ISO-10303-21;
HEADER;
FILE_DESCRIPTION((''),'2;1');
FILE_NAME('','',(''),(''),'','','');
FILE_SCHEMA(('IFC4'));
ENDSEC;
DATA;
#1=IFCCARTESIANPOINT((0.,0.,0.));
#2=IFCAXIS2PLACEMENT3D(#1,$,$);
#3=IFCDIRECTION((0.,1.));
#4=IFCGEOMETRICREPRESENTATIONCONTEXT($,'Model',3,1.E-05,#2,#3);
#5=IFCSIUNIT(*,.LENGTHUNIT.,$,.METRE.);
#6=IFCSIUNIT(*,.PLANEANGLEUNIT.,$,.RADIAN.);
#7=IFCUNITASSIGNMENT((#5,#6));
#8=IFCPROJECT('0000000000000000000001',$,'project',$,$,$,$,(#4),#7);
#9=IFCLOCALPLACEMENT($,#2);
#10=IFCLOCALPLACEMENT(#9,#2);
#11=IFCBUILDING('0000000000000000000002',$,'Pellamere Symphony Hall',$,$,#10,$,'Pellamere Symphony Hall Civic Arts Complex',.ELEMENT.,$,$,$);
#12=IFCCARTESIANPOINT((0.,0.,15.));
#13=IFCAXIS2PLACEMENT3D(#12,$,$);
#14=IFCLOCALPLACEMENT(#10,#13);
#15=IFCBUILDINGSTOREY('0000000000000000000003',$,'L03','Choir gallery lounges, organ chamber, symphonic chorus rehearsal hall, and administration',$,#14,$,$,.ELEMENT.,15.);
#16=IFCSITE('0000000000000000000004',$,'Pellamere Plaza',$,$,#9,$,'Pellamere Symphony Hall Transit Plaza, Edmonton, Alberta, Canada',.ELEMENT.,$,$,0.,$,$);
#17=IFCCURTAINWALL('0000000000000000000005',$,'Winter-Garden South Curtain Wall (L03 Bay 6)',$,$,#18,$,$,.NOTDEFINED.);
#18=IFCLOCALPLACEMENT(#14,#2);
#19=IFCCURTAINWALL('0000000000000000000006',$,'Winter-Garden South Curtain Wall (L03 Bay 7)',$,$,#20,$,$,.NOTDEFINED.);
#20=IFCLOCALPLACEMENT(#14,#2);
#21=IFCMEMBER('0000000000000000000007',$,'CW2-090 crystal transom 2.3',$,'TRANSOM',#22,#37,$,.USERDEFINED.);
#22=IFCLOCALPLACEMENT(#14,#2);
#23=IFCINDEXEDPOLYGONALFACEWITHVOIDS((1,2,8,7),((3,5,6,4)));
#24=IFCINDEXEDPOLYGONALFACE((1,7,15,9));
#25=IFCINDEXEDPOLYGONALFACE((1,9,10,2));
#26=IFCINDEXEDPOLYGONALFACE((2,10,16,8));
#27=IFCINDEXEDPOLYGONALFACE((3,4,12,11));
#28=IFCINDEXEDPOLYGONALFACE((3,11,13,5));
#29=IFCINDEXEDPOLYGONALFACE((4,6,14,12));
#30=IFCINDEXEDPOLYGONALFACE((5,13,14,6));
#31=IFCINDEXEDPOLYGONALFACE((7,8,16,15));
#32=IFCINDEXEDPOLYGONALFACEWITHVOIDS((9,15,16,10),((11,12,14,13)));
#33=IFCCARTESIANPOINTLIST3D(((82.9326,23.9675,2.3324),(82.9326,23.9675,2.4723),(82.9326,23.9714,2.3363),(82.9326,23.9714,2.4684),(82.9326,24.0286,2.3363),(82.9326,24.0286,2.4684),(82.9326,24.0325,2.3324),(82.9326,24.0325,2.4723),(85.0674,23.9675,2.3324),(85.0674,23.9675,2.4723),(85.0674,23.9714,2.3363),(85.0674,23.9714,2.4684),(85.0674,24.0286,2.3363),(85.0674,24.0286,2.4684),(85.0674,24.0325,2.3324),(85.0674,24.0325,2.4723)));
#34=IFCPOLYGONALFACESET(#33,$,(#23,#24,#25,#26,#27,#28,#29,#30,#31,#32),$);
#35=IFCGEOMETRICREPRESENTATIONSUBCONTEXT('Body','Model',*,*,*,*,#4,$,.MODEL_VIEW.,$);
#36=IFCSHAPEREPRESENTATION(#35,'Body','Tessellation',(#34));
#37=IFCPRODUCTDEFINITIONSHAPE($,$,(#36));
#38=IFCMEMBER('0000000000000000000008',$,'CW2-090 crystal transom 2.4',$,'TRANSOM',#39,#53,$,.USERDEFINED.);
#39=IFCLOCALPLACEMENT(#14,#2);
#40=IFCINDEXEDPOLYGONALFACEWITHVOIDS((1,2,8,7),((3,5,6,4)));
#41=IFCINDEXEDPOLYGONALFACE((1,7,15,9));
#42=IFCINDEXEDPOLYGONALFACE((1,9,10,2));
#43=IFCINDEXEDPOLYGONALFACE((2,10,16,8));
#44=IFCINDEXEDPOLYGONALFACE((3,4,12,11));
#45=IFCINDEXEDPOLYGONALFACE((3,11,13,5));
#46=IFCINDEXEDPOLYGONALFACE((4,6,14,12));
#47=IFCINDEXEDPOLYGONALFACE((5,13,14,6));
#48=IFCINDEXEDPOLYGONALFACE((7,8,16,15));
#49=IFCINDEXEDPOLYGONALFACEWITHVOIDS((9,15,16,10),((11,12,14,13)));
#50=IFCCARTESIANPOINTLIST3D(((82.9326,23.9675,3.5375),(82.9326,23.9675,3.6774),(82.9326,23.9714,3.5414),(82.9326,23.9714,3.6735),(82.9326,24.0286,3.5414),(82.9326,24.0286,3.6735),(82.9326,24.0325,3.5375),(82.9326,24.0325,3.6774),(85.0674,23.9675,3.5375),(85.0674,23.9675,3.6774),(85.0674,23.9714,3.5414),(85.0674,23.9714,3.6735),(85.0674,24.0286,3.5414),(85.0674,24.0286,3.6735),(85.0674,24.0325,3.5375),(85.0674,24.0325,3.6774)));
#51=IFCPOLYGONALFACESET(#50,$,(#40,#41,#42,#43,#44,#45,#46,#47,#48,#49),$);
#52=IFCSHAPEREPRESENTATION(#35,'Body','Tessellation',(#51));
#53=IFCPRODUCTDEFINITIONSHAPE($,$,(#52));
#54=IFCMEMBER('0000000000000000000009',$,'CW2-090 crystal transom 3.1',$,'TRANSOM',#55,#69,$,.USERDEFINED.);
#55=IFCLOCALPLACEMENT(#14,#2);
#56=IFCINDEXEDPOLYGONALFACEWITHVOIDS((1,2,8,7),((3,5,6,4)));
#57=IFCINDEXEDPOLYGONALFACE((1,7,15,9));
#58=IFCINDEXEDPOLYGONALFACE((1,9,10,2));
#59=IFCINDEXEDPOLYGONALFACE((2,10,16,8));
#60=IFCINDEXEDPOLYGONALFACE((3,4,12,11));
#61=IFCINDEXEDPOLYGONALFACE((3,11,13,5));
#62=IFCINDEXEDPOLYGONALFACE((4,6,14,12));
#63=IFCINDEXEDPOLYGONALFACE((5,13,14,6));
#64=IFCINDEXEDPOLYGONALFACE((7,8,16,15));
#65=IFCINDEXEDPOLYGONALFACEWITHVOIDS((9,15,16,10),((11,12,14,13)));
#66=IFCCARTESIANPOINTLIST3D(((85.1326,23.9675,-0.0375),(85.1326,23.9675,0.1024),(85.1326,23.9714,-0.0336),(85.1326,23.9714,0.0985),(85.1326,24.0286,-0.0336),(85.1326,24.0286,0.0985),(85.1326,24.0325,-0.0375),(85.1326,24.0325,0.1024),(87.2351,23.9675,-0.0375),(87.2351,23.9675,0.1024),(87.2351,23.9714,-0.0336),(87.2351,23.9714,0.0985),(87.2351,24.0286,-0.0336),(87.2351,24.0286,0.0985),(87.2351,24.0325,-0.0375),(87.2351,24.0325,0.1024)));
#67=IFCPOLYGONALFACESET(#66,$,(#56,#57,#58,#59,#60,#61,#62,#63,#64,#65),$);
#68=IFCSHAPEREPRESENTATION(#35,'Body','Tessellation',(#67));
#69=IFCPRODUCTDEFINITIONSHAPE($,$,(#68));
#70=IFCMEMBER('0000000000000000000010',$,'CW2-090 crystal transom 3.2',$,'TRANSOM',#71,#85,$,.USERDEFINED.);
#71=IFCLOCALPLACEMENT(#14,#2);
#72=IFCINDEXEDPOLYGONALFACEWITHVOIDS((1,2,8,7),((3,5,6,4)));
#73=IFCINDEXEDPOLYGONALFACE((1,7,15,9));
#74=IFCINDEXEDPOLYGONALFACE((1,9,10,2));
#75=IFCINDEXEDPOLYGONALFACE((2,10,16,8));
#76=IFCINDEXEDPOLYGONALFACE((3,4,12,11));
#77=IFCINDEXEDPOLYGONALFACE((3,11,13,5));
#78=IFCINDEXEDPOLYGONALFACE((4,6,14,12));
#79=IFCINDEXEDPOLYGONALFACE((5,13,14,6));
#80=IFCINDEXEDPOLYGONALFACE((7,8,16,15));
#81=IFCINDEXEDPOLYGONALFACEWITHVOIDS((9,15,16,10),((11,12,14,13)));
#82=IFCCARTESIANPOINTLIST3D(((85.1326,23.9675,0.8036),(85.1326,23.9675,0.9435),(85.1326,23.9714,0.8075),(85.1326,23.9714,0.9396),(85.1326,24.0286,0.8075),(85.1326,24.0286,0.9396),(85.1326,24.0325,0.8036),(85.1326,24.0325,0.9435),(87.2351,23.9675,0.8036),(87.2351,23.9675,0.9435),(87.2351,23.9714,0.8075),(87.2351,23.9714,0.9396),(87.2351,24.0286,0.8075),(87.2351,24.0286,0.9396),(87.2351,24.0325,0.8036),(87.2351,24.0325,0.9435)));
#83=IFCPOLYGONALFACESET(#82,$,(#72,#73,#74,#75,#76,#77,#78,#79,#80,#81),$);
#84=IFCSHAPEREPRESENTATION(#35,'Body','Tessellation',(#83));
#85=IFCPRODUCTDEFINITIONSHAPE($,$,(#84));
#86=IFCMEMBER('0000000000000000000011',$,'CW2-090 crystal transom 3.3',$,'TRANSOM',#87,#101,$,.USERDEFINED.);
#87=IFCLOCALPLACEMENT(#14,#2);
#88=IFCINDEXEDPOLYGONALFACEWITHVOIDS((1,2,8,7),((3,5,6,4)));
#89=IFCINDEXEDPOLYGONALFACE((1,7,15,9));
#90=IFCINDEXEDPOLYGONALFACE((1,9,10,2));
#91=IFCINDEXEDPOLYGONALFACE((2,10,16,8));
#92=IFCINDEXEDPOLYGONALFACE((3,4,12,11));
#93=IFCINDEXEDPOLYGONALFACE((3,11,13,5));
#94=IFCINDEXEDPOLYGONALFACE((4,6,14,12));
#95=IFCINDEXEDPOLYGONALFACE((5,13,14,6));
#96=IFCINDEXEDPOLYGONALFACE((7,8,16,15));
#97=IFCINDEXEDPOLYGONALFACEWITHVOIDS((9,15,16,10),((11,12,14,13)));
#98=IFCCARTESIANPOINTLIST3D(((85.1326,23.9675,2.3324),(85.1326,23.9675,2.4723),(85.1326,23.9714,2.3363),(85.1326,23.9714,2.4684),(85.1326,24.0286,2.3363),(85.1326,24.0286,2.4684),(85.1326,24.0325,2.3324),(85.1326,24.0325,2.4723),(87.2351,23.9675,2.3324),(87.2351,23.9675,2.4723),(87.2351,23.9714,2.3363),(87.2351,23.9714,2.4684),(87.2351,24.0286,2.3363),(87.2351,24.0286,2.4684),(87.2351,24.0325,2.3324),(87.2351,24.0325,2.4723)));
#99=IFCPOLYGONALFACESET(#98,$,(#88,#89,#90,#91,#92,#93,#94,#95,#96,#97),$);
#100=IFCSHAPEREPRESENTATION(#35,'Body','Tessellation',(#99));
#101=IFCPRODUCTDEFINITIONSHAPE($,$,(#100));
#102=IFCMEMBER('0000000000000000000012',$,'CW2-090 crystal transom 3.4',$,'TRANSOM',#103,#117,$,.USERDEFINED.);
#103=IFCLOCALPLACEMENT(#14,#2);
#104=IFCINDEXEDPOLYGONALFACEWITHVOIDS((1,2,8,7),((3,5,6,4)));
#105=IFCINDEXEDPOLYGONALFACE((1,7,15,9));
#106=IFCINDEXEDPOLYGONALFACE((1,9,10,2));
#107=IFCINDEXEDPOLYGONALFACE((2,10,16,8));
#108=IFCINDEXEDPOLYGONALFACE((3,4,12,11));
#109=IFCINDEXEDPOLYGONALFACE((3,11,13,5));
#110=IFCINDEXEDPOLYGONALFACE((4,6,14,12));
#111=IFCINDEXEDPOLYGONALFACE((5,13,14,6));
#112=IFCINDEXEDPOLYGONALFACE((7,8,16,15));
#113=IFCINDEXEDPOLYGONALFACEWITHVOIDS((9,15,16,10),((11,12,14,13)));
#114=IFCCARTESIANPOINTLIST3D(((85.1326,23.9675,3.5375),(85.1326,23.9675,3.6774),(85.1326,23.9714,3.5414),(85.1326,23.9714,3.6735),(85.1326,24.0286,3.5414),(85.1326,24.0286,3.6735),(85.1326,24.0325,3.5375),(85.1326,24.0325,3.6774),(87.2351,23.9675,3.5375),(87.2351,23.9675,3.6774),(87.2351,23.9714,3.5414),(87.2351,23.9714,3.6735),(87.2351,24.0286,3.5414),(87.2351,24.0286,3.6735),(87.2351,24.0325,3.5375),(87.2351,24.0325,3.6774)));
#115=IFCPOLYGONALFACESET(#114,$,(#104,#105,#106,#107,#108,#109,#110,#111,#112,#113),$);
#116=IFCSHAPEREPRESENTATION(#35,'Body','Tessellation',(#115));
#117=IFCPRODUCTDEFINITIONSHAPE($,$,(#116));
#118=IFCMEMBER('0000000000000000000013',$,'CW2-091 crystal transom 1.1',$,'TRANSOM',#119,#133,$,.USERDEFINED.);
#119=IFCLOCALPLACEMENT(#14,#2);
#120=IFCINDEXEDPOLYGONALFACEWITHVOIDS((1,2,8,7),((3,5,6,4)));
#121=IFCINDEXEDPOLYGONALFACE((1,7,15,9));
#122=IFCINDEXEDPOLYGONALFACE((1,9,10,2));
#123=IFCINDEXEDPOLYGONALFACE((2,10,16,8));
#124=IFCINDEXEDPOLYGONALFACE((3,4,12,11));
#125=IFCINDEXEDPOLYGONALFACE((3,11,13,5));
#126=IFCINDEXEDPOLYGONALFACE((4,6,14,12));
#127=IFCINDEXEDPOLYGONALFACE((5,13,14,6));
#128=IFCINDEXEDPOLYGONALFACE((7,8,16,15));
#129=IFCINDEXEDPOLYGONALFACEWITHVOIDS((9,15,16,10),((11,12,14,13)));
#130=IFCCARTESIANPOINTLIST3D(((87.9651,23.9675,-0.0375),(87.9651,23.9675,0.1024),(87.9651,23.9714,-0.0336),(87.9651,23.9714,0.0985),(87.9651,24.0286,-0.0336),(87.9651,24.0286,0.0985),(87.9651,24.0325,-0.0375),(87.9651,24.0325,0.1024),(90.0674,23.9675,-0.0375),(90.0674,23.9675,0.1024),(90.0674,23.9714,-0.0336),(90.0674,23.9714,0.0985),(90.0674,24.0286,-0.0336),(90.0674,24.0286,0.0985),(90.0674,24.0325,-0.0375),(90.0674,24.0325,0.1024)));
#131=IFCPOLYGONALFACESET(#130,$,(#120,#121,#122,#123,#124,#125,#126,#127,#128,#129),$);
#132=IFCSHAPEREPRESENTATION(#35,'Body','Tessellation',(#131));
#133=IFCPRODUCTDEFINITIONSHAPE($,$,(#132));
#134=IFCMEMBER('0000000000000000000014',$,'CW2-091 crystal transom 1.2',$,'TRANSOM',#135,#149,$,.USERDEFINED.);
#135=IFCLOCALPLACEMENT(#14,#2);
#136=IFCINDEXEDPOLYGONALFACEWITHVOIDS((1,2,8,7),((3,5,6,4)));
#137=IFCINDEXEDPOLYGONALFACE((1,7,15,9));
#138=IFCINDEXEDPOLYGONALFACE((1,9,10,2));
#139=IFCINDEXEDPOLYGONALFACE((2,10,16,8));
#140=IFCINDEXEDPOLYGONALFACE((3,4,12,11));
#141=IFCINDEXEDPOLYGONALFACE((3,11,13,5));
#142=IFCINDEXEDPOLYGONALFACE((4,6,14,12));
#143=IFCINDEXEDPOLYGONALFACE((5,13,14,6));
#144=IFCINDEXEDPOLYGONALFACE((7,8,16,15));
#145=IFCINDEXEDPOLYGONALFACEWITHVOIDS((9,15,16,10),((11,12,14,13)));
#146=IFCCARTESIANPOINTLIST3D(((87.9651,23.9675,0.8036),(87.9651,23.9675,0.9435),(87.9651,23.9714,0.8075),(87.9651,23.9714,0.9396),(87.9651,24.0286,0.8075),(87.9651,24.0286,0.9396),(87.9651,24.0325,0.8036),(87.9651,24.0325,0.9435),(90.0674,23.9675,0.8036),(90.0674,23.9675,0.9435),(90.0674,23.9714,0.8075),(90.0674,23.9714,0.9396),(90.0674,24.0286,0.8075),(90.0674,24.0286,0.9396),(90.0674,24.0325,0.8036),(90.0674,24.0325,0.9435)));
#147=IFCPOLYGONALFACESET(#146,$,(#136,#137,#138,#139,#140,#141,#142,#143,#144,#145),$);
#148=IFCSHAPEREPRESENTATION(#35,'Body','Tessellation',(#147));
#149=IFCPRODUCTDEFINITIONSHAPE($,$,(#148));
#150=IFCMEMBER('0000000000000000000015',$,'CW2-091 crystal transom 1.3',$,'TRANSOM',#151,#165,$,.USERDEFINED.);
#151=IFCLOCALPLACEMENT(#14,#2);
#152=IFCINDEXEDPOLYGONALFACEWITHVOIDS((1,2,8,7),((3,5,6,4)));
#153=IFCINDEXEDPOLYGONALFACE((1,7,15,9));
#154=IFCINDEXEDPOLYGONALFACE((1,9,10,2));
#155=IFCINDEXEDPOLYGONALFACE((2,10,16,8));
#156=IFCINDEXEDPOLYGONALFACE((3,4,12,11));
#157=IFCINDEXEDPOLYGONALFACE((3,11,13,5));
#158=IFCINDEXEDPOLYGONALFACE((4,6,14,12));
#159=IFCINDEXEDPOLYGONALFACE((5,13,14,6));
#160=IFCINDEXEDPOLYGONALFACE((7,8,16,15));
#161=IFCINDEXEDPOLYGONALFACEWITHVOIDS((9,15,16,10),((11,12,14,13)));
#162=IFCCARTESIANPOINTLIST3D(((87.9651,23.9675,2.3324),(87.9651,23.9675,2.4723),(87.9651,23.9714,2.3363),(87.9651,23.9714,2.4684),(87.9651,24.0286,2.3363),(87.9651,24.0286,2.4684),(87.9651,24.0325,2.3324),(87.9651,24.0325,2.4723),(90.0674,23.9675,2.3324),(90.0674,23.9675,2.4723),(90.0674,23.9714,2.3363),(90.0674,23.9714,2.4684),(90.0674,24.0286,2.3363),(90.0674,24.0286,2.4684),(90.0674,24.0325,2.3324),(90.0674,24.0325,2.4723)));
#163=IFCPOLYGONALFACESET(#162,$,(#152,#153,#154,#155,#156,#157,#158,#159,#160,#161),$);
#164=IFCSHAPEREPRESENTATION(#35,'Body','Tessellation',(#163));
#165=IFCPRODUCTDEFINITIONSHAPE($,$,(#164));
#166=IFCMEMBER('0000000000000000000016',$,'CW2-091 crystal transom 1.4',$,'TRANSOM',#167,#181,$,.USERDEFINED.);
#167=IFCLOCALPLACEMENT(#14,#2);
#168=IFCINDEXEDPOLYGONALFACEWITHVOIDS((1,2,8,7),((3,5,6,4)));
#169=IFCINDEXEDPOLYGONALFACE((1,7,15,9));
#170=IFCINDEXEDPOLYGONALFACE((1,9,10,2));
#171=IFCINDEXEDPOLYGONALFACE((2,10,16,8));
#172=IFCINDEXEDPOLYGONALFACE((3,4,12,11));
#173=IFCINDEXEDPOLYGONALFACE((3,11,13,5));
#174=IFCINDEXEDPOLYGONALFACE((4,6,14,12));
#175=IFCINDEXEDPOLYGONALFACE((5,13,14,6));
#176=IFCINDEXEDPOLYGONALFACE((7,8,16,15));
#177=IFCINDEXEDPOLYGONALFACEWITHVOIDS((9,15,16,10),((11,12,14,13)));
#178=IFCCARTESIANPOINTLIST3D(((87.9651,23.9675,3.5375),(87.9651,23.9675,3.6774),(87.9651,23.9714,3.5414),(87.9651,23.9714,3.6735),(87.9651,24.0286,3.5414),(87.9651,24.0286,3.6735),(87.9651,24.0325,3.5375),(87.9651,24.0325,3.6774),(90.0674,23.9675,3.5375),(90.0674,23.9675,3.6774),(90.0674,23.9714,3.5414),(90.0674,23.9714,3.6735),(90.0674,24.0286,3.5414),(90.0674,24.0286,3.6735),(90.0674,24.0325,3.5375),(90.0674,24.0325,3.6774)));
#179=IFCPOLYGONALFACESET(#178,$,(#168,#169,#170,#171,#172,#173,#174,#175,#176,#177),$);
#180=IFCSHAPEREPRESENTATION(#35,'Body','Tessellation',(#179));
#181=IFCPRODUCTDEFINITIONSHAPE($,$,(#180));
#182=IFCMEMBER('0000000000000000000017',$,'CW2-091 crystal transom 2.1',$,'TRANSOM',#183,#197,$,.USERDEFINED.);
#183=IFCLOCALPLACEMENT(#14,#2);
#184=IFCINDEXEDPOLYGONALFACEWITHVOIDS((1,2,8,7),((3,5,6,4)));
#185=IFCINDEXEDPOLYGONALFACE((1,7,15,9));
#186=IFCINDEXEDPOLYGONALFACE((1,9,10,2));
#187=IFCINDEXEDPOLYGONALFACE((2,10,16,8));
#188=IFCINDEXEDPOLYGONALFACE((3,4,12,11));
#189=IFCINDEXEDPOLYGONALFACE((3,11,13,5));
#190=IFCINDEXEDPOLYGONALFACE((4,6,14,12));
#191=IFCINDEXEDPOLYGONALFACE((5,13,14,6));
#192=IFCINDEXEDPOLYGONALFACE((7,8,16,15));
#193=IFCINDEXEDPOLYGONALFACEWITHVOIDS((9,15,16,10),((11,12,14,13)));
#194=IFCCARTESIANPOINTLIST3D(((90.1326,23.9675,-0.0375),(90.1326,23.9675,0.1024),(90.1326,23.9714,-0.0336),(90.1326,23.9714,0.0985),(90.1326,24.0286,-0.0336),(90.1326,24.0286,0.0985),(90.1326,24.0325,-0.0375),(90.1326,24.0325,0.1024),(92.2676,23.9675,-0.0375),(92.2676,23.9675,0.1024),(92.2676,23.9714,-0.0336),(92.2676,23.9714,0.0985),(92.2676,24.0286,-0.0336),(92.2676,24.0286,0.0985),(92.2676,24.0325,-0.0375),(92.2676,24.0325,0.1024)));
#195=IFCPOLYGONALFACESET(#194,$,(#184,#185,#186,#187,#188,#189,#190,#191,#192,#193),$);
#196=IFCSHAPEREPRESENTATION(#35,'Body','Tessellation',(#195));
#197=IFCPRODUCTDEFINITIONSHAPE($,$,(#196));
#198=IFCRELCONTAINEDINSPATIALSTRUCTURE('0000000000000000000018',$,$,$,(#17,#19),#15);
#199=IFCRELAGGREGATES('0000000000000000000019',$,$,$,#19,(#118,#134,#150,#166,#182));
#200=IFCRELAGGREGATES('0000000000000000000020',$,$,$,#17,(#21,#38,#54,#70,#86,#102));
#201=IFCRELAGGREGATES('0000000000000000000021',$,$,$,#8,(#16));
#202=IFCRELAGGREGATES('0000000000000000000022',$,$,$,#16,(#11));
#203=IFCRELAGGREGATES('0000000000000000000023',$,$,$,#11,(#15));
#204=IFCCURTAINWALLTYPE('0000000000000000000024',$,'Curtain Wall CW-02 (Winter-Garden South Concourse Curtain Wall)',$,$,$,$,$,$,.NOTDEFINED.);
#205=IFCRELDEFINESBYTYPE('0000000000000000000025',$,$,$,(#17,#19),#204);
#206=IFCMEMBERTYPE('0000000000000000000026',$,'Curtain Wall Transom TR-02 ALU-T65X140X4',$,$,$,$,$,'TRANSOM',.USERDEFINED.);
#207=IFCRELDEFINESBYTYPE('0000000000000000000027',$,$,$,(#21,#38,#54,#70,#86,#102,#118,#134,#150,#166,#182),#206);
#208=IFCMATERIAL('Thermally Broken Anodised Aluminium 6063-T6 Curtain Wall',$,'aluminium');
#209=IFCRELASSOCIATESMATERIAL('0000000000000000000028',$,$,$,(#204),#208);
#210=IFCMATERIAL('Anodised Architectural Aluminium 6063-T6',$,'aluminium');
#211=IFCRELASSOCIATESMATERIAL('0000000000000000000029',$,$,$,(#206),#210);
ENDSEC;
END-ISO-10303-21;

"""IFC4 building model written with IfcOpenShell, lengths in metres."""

from ifc_helpers import new_model, si_unit, direction, frame, origin, origin_2d, place, context, subcontext, project, spatial, hollow_rectangle, extrude, material, material_profile, profile_set, type_object, element, aggregate, save


model = new_model("IFC4")

# Units and contexts
model_context = context("Model", 3, precision=1e-05, world=origin(), true_north=direction((0.0, 1.0)))
body_context = subcontext(model_context, "Body", "Model", "MODEL_VIEW")
ifc_project = project(units=[si_unit("LENGTHUNIT", "METRE"), si_unit("PLANEANGLEUNIT", "RADIAN")], contexts=[model_context])

# Site, building, storey
site_placement = place(None, origin())
site = spatial("IfcSite", under=ifc_project, at=site_placement, Name="Pellamere Plaza", LongName="Pellamere Symphony Hall Transit Plaza, Edmonton, Alberta, Canada", CompositionType="ELEMENT", RefElevation=0.0)
building_placement = place(site_placement, origin())
building = spatial("IfcBuilding", under=site, at=building_placement, Name="Pellamere Symphony Hall", LongName="Pellamere Symphony Hall Civic Arts Complex", CompositionType="ELEMENT")
storey_placement = place(building_placement, frame((0.0, 0.0, 15.0)))
storey = spatial("IfcBuildingStorey", under=building, at=storey_placement, Name="L03", Description="Choir gallery lounges, organ chamber, symphonic chorus rehearsal hall, and administration", CompositionType="ELEMENT", Elevation=15.0)

# Curtain walls
ifc_material_1 = material(Name="Thermally Broken Anodised Aluminium 6063-T6 Curtain Wall", Category="aluminium")
curtain_wall_type = type_object("IfcCurtainWallType", Name="Curtain Wall CW-02 (Winter-Garden South Concourse Curtain Wall)", PredefinedType="NOTDEFINED", material=ifc_material_1)
curtain_wall_1_placement = place(storey_placement, origin())
curtain_wall_1 = element("IfcCurtainWall", 1, at=curtain_wall_1_placement, inside=storey, type_object=curtain_wall_type, Name="Winter-Garden South Curtain Wall (L03 Bay 6)", PredefinedType="NOTDEFINED")
ifc_material_2 = material(Name="Anodised Architectural Aluminium 6063-T6", Category="aluminium")
curtain_wall_2_placement = place(storey_placement, origin())
curtain_wall_2 = element("IfcCurtainWall", 2, at=curtain_wall_2_placement, inside=storey, type_object=curtain_wall_type, Name="Winter-Garden South Curtain Wall (L03 Bay 7)", PredefinedType="NOTDEFINED")

# Members
ifc_material_profile_1 = material_profile(ifc_material_2, hollow_rectangle(XDim=0.0649, YDim=0.1399, WallThickness=0.0039, at=origin_2d()), Name="ALU-T65X140X4")
ifc_profile_set_1 = profile_set([ifc_material_profile_1], Name="Anodised Architectural Aluminium 6063-T6")
member_type_1 = type_object("IfcMemberType", Name="Curtain Wall Transom TR-02 ALU-T65X140X4", ElementType="TRANSOM", PredefinedType="USERDEFINED", material=ifc_profile_set_1)
member_1_placement = place(storey_placement, frame((82.9326, 24.0, 2.4023), z_axis=(1.0, 0.0, 0.0), x_axis=(0.0, 1.0, 0.0)))
member_1 = element("IfcMember", 3, at=member_1_placement, type_object=member_type_1, Name="CW2-090 crystal transom 2.3", ObjectType="TRANSOM", PredefinedType="USERDEFINED", context=body_context, shape_type="SweptSolid", body=[
    extrude(hollow_rectangle(XDim=0.0649, YDim=0.1399, WallThickness=0.0039, at=origin_2d()), origin(), (0.0, 0.0, 1.0), 2.1348),
])
member_2_placement = place(storey_placement, frame((82.9326, 24.0, 3.6074), z_axis=(1.0, 0.0, 0.0), x_axis=(0.0, 1.0, 0.0)))
member_2 = element("IfcMember", 4, at=member_2_placement, type_object=member_type_1, Name="CW2-090 crystal transom 2.4", ObjectType="TRANSOM", PredefinedType="USERDEFINED", context=body_context, shape_type="SweptSolid", body=[
    extrude(hollow_rectangle(XDim=0.0649, YDim=0.1399, WallThickness=0.0039, at=origin_2d()), origin(), (0.0, 0.0, 1.0), 2.1348),
])
member_3_placement = place(storey_placement, frame((85.1326, 24.0, 0.0325), z_axis=(1.0, 0.0, 0.0), x_axis=(0.0, 1.0, 0.0)))
member_3 = element("IfcMember", 5, at=member_3_placement, type_object=member_type_1, Name="CW2-090 crystal transom 3.1", ObjectType="TRANSOM", PredefinedType="USERDEFINED", context=body_context, shape_type="SweptSolid", body=[
    extrude(hollow_rectangle(XDim=0.0649, YDim=0.1399, WallThickness=0.0039, at=origin_2d()), origin(), (0.0, 0.0, 1.0), 2.1025),
])
member_4_placement = place(storey_placement, frame((85.1326, 24.0, 0.8735), z_axis=(1.0, 0.0, 0.0), x_axis=(0.0, 1.0, 0.0)))
member_4 = element("IfcMember", 6, at=member_4_placement, type_object=member_type_1, Name="CW2-090 crystal transom 3.2", ObjectType="TRANSOM", PredefinedType="USERDEFINED", context=body_context, shape_type="SweptSolid", body=[
    extrude(hollow_rectangle(XDim=0.0649, YDim=0.1399, WallThickness=0.0039, at=origin_2d()), origin(), (0.0, 0.0, 1.0), 2.1025),
])
member_5_placement = place(storey_placement, frame((85.1326, 24.0, 2.4023), z_axis=(1.0, 0.0, 0.0), x_axis=(0.0, 1.0, 0.0)))
member_5 = element("IfcMember", 7, at=member_5_placement, type_object=member_type_1, Name="CW2-090 crystal transom 3.3", ObjectType="TRANSOM", PredefinedType="USERDEFINED", context=body_context, shape_type="SweptSolid", body=[
    extrude(hollow_rectangle(XDim=0.0649, YDim=0.1399, WallThickness=0.0039, at=origin_2d()), origin(), (0.0, 0.0, 1.0), 2.1025),
])
member_6_placement = place(storey_placement, frame((85.1326, 24.0, 3.6074), z_axis=(1.0, 0.0, 0.0), x_axis=(0.0, 1.0, 0.0)))
member_6 = element("IfcMember", 8, at=member_6_placement, type_object=member_type_1, Name="CW2-090 crystal transom 3.4", ObjectType="TRANSOM", PredefinedType="USERDEFINED", context=body_context, shape_type="SweptSolid", body=[
    extrude(hollow_rectangle(XDim=0.0649, YDim=0.1399, WallThickness=0.0039, at=origin_2d()), origin(), (0.0, 0.0, 1.0), 2.1025),
])
member_7_placement = place(storey_placement, frame((87.9651, 24.0, 0.0325), z_axis=(1.0, 0.0, 0.0), x_axis=(0.0, 1.0, 0.0)))
member_7 = element("IfcMember", 9, at=member_7_placement, type_object=member_type_1, Name="CW2-091 crystal transom 1.1", ObjectType="TRANSOM", PredefinedType="USERDEFINED", context=body_context, shape_type="SweptSolid", body=[
    extrude(hollow_rectangle(XDim=0.0649, YDim=0.1399, WallThickness=0.0039, at=origin_2d()), origin(), (0.0, 0.0, 1.0), 2.1023),
])
member_8_placement = place(storey_placement, frame((87.9651, 24.0, 0.8735), z_axis=(1.0, 0.0, 0.0), x_axis=(0.0, 1.0, 0.0)))
member_8 = element("IfcMember", 10, at=member_8_placement, type_object=member_type_1, Name="CW2-091 crystal transom 1.2", ObjectType="TRANSOM", PredefinedType="USERDEFINED", context=body_context, shape_type="SweptSolid", body=[
    extrude(hollow_rectangle(XDim=0.0649, YDim=0.1399, WallThickness=0.0039, at=origin_2d()), origin(), (0.0, 0.0, 1.0), 2.1023),
])
member_9_placement = place(storey_placement, frame((87.9651, 24.0, 2.4023), z_axis=(1.0, 0.0, 0.0), x_axis=(0.0, 1.0, 0.0)))
member_9 = element("IfcMember", 11, at=member_9_placement, type_object=member_type_1, Name="CW2-091 crystal transom 1.3", ObjectType="TRANSOM", PredefinedType="USERDEFINED", context=body_context, shape_type="SweptSolid", body=[
    extrude(hollow_rectangle(XDim=0.0649, YDim=0.1399, WallThickness=0.0039, at=origin_2d()), origin(), (0.0, 0.0, 1.0), 2.1023),
])
member_10_placement = place(storey_placement, frame((87.9651, 24.0, 3.6074), z_axis=(1.0, 0.0, 0.0), x_axis=(0.0, 1.0, 0.0)))
member_10 = element("IfcMember", 12, at=member_10_placement, type_object=member_type_1, Name="CW2-091 crystal transom 1.4", ObjectType="TRANSOM", PredefinedType="USERDEFINED", context=body_context, shape_type="SweptSolid", body=[
    extrude(hollow_rectangle(XDim=0.0649, YDim=0.1399, WallThickness=0.0039, at=origin_2d()), origin(), (0.0, 0.0, 1.0), 2.1023),
])
member_11_placement = place(storey_placement, frame((90.1326, 24.0, 0.0325), z_axis=(1.0, 0.0, 0.0), x_axis=(0.0, 1.0, 0.0)))
member_11 = element("IfcMember", 13, at=member_11_placement, type_object=member_type_1, Name="CW2-091 crystal transom 2.1", ObjectType="TRANSOM", PredefinedType="USERDEFINED", context=body_context, shape_type="SweptSolid", body=[
    extrude(hollow_rectangle(XDim=0.0649, YDim=0.1399, WallThickness=0.0039, at=origin_2d()), origin(), (0.0, 0.0, 1.0), 2.135),
])

aggregate(curtain_wall_2, [member_7, member_8, member_9, member_10, member_11])
aggregate(curtain_wall_1, [member_1, member_2, member_3, member_4, member_5, member_6])

save(model, "model.ifc")
